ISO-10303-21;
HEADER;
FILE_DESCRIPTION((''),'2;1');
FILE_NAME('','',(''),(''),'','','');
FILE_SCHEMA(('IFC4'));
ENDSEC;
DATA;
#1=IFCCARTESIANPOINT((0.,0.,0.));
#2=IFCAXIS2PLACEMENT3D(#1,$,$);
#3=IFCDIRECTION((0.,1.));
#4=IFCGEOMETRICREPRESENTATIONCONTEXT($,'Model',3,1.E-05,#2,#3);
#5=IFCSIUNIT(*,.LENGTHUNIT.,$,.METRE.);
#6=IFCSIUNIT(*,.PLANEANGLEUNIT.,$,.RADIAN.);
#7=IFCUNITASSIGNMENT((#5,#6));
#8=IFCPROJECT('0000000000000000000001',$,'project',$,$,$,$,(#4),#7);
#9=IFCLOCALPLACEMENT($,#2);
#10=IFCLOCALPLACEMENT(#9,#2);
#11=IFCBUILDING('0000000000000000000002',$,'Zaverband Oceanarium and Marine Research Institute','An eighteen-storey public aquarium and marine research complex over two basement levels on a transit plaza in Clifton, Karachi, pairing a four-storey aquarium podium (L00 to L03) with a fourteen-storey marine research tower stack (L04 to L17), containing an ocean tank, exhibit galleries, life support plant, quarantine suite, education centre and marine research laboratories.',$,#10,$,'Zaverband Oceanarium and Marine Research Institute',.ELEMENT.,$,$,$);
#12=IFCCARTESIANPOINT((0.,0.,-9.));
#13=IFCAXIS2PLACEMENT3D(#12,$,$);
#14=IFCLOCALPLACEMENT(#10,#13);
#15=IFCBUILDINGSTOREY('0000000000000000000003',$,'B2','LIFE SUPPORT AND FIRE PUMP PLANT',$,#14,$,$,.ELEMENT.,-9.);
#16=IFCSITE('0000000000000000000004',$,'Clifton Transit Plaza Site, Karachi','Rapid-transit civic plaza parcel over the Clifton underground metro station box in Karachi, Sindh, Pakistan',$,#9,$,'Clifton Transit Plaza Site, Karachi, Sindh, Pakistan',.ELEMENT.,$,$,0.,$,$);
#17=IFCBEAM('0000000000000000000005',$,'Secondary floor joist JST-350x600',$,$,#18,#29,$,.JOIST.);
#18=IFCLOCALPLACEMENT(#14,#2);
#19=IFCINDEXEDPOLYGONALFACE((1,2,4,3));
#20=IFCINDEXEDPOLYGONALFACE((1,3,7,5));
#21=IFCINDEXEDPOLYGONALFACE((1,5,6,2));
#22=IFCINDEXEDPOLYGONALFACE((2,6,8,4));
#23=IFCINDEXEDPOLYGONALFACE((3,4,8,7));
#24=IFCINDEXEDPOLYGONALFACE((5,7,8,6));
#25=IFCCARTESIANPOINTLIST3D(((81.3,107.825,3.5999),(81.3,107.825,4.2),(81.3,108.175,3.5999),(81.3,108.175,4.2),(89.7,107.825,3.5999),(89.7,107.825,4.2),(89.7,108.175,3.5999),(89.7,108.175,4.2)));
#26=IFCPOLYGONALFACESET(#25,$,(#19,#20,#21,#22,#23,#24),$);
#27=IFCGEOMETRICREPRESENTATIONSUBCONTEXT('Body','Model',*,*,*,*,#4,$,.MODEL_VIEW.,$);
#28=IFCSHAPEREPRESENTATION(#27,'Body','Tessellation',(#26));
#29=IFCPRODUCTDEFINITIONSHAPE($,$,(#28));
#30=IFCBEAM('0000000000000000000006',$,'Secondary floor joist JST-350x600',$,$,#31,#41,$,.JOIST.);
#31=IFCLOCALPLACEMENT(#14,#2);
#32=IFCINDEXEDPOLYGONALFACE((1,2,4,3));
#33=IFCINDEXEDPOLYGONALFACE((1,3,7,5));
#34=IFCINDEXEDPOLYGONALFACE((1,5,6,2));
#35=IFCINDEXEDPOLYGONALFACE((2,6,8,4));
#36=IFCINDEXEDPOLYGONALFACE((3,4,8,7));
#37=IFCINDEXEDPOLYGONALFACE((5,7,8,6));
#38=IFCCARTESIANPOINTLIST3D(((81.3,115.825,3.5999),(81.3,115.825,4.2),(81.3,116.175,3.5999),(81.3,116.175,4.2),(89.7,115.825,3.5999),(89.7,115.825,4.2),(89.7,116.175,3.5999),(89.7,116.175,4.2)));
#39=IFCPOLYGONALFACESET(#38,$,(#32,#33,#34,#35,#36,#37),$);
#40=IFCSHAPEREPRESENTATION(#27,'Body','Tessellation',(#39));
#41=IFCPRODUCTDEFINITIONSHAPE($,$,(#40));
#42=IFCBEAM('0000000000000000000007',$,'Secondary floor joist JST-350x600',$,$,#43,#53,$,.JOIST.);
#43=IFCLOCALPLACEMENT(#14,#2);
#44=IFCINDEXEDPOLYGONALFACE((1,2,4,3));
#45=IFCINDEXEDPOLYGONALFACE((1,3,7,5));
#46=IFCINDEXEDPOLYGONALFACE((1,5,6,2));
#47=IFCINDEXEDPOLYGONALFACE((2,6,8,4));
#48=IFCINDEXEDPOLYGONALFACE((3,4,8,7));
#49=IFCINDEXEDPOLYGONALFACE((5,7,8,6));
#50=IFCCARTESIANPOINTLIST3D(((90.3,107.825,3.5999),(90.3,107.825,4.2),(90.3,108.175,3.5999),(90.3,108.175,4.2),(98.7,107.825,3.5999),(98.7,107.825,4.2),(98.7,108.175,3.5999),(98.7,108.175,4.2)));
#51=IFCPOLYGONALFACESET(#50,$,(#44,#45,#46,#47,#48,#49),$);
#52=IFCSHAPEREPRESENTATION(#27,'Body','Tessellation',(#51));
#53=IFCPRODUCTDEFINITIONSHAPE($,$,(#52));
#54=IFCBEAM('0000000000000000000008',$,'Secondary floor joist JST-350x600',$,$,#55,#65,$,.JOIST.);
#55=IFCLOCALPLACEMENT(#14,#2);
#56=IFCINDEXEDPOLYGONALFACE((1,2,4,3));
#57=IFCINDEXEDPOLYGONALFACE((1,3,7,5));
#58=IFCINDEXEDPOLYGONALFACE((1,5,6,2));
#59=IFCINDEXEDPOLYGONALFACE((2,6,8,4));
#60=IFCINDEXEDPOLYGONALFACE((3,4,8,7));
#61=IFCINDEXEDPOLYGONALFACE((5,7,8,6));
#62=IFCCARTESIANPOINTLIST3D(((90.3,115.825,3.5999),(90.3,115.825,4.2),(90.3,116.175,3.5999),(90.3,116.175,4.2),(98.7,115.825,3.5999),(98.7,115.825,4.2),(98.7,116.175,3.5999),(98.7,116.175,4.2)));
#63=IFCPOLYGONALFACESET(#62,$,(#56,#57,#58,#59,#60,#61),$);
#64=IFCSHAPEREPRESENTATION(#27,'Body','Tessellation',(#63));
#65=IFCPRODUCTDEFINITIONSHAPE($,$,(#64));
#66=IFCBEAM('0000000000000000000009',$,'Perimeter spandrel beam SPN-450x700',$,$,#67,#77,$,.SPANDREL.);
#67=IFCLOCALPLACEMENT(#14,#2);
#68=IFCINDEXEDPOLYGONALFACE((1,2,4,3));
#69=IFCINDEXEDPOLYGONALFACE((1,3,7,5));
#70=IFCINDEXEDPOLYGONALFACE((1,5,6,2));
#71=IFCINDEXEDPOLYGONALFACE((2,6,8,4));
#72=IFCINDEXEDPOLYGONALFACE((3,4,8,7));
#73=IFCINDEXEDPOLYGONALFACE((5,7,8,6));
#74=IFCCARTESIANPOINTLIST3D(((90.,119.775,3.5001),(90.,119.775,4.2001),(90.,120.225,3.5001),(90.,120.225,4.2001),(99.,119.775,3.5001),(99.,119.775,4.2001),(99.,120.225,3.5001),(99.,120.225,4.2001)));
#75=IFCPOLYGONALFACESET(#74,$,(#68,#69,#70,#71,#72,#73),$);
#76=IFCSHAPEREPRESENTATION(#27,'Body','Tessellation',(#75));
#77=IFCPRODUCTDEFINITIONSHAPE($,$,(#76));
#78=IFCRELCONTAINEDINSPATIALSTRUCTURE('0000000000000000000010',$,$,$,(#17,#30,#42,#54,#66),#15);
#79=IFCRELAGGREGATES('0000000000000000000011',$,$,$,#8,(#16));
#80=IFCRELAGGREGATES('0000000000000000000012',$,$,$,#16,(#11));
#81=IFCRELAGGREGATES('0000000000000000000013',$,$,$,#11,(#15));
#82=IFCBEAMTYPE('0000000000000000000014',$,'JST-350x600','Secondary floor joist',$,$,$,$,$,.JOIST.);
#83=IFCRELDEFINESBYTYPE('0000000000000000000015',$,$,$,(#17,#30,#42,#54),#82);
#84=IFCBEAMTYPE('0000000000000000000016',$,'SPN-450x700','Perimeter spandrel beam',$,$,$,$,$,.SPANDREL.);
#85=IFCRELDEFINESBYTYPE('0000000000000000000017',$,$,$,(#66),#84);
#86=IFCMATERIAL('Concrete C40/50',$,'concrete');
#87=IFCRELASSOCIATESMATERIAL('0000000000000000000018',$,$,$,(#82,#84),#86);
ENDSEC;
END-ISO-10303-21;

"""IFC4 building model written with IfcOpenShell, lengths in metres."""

from ifc_helpers import new_model, si_unit, direction, frame, origin, origin_2d, place, context, subcontext, project, spatial, rectangle, extrude, material, material_profile, profile_set, type_object, element, save


model = new_model("IFC4")

# Units and contexts
model_context = context("Model", 3, precision=1e-05, world=origin(), true_north=direction((0.0, 1.0)))
body_context = subcontext(model_context, "Body", "Model", "MODEL_VIEW")
ifc_project = project(units=[si_unit("LENGTHUNIT", "METRE"), si_unit("PLANEANGLEUNIT", "RADIAN")], contexts=[model_context])

# Site, building, storey
site_placement = place(None, origin())
site = spatial("IfcSite", under=ifc_project, at=site_placement, Name="Clifton Transit Plaza Site, Karachi", Description="Rapid-transit civic plaza parcel over the Clifton underground metro station box in Karachi, Sindh, Pakistan", LongName="Clifton Transit Plaza Site, Karachi, Sindh, Pakistan", CompositionType="ELEMENT", RefElevation=0.0)
building_placement = place(site_placement, origin())
building = spatial("IfcBuilding", under=site, at=building_placement, Name="Zaverband Oceanarium and Marine Research Institute", Description="An eighteen-storey public aquarium and marine research complex over two basement levels on a transit plaza in Clifton, Karachi, pairing a four-storey aquarium podium (L00 to L03) with a fourteen-storey marine research tower stack (L04 to L17), containing an ocean tank, exhibit galleries, life support plant, quarantine suite, education centre and marine research laboratories.", LongName="Zaverband Oceanarium and Marine Research Institute", CompositionType="ELEMENT")
storey_placement = place(building_placement, frame((0.0, 0.0, -9.0)))
storey = spatial("IfcBuildingStorey", under=building, at=storey_placement, Name="B2", Description="LIFE SUPPORT AND FIRE PUMP PLANT", CompositionType="ELEMENT", Elevation=-9.0)

# Beams
ifc_material_1 = material(Name="Concrete C40/50", Category="concrete")
ifc_material_profile_1 = material_profile(ifc_material_1, rectangle(XDim=0.3501, YDim=0.6001, at=origin_2d()), Name="RC350x600")
ifc_profile_set_1 = profile_set([ifc_material_profile_1], Name="Concrete C40/50")
beam_type_1 = type_object("IfcBeamType", Name="JST-350x600", Description="Secondary floor joist", PredefinedType="JOIST", material=ifc_profile_set_1)
for number, where, z_axis, x_axis, name in (
    (1, (81.3, 108.0, 3.8999), (1.0, 0.0, 0.0), (0.0, 1.0, 0.0), "Secondary floor joist JST-350x600"),
    (2, (81.3, 116.0, 3.8999), (1.0, 0.0, 0.0), (0.0, 1.0, 0.0), "Secondary floor joist JST-350x600"),
    (3, (90.3, 108.0, 3.8999), (1.0, 0.0, 0.0), (0.0, 1.0, 0.0), "Secondary floor joist JST-350x600"),
    (4, (90.3, 116.0, 3.8999), (1.0, 0.0, 0.0), (0.0, 1.0, 0.0), "Secondary floor joist JST-350x600"),
):
    element("IfcBeam", number, at=place(storey_placement, frame(where, z_axis=z_axis, x_axis=x_axis)), inside=storey, type_object=beam_type_1, Name=name, PredefinedType="JOIST", context=body_context, shape_type="SweptSolid", body=[
        extrude(rectangle(XDim=0.3501, YDim=0.6001, at=origin_2d()), origin(), (0.0, 0.0, 1.0), 8.3999),
    ])
ifc_material_profile_2 = material_profile(ifc_material_1, rectangle(XDim=0.45, YDim=0.7, at=origin_2d()), Name="RC450x700")
ifc_profile_set_2 = profile_set([ifc_material_profile_2], Name="Concrete C40/50")
beam_type_2 = type_object("IfcBeamType", Name="SPN-450x700", Description="Perimeter spandrel beam", PredefinedType="SPANDREL", material=ifc_profile_set_2)
beam_1_placement = place(storey_placement, frame((90.0, 120.0, 3.8501), z_axis=(1.0, 0.0, 0.0), x_axis=(0.0, 1.0, 0.0)))
element("IfcBeam", 5, at=beam_1_placement, inside=storey, type_object=beam_type_2, Name="Perimeter spandrel beam SPN-450x700", PredefinedType="SPANDREL", context=body_context, shape_type="SweptSolid", body=[
    extrude(rectangle(XDim=0.45, YDim=0.7, at=origin_2d()), origin(), (0.0, 0.0, 1.0), 9.0),
])

save(model, "model.ifc")
